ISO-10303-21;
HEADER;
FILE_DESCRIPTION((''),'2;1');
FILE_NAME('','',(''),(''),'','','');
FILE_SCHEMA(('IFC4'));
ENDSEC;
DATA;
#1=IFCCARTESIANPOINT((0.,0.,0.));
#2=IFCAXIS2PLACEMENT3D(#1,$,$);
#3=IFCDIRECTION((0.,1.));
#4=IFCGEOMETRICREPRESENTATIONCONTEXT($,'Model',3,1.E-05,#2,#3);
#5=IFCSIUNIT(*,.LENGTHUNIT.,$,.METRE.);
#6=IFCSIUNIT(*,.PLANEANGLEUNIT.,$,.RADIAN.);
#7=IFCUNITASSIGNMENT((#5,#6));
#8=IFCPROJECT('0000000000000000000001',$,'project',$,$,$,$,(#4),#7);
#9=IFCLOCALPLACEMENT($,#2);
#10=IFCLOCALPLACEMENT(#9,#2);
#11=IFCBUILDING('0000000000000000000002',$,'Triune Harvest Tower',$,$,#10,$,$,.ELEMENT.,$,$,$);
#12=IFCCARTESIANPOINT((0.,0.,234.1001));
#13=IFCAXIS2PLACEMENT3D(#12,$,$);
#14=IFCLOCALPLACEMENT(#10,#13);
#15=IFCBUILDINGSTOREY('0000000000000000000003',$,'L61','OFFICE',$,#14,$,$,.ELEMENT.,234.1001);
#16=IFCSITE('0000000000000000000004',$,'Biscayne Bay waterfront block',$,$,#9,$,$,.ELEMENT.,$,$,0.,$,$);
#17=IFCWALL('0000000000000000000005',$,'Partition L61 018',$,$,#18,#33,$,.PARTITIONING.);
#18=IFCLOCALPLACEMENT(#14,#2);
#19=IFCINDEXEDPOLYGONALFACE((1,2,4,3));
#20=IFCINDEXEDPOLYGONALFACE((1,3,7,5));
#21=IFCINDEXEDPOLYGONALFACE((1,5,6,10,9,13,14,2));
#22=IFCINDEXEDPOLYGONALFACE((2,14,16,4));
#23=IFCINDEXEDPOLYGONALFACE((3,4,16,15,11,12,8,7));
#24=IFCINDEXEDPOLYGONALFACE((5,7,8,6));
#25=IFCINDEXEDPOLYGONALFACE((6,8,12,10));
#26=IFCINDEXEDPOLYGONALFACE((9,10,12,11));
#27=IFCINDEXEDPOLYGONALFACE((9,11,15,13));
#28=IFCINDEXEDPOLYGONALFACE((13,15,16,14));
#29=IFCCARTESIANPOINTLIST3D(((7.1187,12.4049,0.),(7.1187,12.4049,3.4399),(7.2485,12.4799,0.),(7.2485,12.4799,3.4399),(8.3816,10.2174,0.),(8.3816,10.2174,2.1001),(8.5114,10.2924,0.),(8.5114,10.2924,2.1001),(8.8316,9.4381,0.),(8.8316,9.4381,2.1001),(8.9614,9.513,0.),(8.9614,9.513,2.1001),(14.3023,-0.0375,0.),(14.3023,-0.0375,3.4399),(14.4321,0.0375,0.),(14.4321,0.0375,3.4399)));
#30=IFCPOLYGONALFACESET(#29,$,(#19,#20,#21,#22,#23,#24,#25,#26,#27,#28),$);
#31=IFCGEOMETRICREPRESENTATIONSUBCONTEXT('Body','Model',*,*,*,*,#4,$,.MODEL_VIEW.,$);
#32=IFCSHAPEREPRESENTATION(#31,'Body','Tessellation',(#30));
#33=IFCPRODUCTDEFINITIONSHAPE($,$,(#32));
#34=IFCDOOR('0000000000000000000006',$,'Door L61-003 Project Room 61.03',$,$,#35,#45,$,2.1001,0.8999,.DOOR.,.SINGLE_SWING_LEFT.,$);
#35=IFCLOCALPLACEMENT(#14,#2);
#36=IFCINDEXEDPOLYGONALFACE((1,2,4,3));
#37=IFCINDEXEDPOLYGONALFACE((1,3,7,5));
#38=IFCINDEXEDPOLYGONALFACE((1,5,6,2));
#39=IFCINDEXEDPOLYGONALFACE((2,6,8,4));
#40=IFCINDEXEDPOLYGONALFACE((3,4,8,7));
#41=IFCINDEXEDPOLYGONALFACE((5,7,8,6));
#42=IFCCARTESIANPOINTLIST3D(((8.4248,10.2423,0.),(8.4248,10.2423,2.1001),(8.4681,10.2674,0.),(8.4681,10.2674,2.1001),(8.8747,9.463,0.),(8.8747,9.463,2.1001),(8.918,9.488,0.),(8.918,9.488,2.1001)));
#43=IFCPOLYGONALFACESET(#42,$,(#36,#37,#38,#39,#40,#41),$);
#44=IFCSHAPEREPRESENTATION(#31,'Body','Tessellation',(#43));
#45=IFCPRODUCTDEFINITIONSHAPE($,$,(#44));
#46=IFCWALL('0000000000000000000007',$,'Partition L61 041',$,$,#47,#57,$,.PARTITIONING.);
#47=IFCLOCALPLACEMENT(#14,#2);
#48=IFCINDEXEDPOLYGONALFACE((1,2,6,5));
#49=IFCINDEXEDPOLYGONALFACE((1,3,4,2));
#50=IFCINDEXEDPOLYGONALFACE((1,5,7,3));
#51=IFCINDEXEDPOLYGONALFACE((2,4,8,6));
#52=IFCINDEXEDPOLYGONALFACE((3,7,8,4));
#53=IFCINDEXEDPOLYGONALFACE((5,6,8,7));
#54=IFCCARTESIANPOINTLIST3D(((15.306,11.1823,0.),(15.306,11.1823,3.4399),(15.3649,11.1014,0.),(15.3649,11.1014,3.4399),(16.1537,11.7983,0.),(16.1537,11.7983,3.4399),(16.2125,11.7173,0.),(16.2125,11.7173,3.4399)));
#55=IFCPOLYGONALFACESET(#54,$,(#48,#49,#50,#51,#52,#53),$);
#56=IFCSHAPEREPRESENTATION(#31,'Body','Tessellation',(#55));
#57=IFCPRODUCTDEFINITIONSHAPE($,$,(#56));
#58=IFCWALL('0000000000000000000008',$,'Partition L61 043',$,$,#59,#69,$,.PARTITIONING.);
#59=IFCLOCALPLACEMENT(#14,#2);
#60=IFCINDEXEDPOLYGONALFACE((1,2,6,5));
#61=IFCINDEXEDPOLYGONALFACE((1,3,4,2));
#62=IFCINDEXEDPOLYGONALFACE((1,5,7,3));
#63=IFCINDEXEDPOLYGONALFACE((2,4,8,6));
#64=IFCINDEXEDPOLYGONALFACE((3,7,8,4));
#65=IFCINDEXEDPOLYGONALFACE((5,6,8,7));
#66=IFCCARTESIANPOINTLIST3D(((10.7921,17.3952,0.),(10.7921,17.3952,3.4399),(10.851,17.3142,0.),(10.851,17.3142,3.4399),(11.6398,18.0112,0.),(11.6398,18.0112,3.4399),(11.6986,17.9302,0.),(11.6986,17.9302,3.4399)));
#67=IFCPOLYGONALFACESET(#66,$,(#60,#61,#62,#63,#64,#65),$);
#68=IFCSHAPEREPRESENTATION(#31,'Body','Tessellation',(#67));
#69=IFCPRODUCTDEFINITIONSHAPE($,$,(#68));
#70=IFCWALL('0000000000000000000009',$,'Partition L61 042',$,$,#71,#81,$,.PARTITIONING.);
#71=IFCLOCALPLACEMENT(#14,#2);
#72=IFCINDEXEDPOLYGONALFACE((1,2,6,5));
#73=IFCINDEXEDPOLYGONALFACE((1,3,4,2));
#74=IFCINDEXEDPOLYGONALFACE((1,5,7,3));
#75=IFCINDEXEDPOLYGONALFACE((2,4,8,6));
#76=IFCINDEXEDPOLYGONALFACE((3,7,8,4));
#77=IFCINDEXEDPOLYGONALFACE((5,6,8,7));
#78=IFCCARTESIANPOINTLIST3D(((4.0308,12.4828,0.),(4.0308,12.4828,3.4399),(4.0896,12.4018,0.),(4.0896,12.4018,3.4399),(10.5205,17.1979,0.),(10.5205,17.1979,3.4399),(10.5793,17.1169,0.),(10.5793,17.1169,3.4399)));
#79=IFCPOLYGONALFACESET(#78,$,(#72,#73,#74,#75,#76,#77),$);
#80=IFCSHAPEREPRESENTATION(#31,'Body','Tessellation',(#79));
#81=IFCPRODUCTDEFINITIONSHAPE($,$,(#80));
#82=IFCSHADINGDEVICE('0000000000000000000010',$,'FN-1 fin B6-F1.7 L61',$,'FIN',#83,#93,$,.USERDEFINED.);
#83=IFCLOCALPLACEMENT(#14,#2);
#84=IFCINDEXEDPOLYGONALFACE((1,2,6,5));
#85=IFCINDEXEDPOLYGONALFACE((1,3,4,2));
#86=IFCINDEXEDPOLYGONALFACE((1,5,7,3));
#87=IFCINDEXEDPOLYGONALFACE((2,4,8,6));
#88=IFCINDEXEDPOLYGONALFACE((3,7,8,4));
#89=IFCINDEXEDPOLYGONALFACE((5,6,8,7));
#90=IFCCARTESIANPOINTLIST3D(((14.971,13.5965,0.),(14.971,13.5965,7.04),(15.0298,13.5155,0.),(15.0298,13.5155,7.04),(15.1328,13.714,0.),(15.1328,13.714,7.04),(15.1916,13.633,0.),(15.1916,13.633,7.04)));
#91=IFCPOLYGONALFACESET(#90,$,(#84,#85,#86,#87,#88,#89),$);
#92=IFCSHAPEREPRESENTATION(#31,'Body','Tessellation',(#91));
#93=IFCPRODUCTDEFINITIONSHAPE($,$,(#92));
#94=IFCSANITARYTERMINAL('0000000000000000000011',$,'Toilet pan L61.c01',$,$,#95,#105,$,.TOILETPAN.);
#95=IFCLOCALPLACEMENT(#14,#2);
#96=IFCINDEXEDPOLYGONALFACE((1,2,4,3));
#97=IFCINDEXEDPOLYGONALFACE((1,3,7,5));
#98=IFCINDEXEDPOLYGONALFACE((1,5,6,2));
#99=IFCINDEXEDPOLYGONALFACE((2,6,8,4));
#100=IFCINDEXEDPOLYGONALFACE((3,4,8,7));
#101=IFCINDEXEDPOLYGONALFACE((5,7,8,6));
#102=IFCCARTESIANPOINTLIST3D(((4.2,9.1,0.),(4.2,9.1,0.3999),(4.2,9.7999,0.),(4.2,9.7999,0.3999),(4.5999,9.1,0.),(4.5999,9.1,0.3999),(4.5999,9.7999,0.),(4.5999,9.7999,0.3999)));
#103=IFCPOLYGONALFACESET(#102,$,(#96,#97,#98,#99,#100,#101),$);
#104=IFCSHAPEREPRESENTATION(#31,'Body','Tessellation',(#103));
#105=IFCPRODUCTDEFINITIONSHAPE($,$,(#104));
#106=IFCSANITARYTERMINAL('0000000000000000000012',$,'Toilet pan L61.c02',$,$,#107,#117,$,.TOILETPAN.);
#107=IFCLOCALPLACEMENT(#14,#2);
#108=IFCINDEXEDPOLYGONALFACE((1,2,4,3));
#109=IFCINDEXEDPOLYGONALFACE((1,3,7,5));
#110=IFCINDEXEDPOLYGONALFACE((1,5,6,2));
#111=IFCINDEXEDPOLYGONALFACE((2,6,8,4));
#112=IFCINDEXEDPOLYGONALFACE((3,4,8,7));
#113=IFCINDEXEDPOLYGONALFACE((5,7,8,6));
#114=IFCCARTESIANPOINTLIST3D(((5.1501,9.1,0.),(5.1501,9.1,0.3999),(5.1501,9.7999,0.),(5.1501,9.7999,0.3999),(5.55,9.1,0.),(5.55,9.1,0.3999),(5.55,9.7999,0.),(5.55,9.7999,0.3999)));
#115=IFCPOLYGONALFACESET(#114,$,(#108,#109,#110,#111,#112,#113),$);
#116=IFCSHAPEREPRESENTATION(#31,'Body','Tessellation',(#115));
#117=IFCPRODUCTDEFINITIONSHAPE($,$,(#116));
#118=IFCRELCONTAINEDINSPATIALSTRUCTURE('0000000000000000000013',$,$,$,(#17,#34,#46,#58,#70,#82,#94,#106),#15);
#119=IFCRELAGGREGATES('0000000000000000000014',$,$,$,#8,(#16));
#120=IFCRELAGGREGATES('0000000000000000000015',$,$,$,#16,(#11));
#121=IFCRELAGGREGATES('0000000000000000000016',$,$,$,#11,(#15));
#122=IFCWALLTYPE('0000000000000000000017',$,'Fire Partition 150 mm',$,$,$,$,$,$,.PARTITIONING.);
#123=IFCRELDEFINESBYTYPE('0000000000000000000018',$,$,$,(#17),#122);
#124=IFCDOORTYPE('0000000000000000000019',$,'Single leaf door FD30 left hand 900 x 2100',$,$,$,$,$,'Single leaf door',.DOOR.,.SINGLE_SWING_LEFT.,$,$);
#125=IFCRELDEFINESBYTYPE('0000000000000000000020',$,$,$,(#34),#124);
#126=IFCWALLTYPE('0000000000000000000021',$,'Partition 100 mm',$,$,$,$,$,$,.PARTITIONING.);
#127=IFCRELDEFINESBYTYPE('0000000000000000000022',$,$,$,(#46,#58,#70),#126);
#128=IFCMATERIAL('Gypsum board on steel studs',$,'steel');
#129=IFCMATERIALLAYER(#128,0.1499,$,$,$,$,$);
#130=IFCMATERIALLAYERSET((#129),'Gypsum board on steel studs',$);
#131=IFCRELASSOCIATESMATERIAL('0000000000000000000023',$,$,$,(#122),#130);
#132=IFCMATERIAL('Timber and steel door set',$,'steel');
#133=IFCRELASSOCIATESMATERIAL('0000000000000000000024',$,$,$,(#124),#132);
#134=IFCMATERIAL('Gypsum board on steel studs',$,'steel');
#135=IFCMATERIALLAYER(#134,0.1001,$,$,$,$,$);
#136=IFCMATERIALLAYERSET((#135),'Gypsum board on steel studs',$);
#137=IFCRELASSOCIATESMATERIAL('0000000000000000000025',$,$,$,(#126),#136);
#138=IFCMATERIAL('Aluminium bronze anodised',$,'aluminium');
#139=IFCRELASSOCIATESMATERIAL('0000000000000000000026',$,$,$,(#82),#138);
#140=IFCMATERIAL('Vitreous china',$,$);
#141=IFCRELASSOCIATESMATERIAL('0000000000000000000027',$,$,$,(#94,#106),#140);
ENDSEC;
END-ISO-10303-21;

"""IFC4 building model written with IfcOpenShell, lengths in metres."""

from ifc_helpers import new_model, si_unit, direction, frame, frame_2d, origin, origin_2d, place, context, subcontext, project, spatial, rectangle, extrude, source, transform, mapped, material, layer, layer_set, type_object, element, fill, save


model = new_model("IFC4")

# Units and contexts
model_context = context("Model", 3, precision=1e-05, world=origin(), true_north=direction((0.0, 1.0)))
body_context = subcontext(model_context, "Body", "Model", "MODEL_VIEW")
ifc_project = project(units=[si_unit("LENGTHUNIT", "METRE"), si_unit("PLANEANGLEUNIT", "RADIAN")], contexts=[model_context])

# Site, building, storey
site_placement = place(None, origin())
site = spatial("IfcSite", under=ifc_project, at=site_placement, Name="Biscayne Bay waterfront block", CompositionType="ELEMENT", RefElevation=0.0)
building_placement = place(site_placement, origin())
building = spatial("IfcBuilding", under=site, at=building_placement, Name="Triune Harvest Tower", CompositionType="ELEMENT")
storey_placement = place(building_placement, frame((0.0, 0.0, 234.1001)))
storey = spatial("IfcBuildingStorey", under=building, at=storey_placement, Name="L61", Description="OFFICE", CompositionType="ELEMENT", Elevation=234.1001)

# Wall, opening, door
ifc_material_1 = material(Name="Gypsum board on steel studs", Category="steel")
ifc_layer_1 = layer(ifc_material_1, 0.1499)
ifc_layer_set_1 = layer_set([ifc_layer_1], Name="Gypsum board on steel studs")
wall_type_1 = type_object("IfcWallType", Name="Fire Partition 150 mm", PredefinedType="PARTITIONING", material=ifc_layer_set_1)
ifc_material_2 = material(Name="Timber and steel door set", Category="steel")
door_type_1 = type_object("IfcDoorType", Name="Single leaf door FD30 left hand 900 x 2100", ElementType="Single leaf door", OperationType="SINGLE_SWING_LEFT", PredefinedType="DOOR", material=ifc_material_2)
shared_shape_1 = source(origin(), body_context, "Body", "SweptSolid", [
    extrude(rectangle(XDim=14.3672, YDim=0.1499, at=frame_2d((7.1836, 0.0))), origin(), (0.0, 0.0, 1.0), 3.4399),
])
wall_1_placement = place(storey_placement, frame((7.1836, 12.4424, 0.0), z_axis=(0.0, 0.0, 1.0), x_axis=(0.499999, -0.866026, 0.0)))
wall_1 = element("IfcWall", 1, at=wall_1_placement, inside=storey, type_object=wall_type_1, Name="Partition L61 018", PredefinedType="PARTITIONING", context=body_context, shape_type="MappedRepresentation", body=[
    mapped(shared_shape_1, transform((0.0, 0.0, 0.0), scale=1.0)),
])
opening_1_placement = place(wall_1_placement, frame((2.5259, 0.0, 0.0)))
opening_1 = element("IfcOpeningElement", 2, at=opening_1_placement, cuts=wall_1, PredefinedType="OPENING", context=body_context, shape_type="SweptSolid", body=[
    extrude(rectangle(XDim=0.8999, YDim=2.1001, at=frame_2d((0.45, 1.05))), frame((0.0, 0.085, 0.0), z_axis=(0.0, -1.0, 0.0), x_axis=(1.0, 0.0, 0.0)), (0.0, 0.0, 1.0), 0.1699),
])
door_1_placement = place(opening_1_placement, origin())
door_1 = element("IfcDoor", 3, at=door_1_placement, inside=storey, type_object=door_type_1, Name="Door L61-003 Project Room 61.03", OperationType="SINGLE_SWING_LEFT", OverallHeight=2.1001, OverallWidth=0.8999, PredefinedType="DOOR", context=body_context, shape_type="SweptSolid", body=[
    extrude(rectangle(XDim=0.8999, YDim=2.1001, at=frame_2d((0.45, 1.05))), frame((0.0, 0.0249, 0.0), z_axis=(0.0, -1.0, 0.0), x_axis=(1.0, 0.0, 0.0)), (0.0, 0.0, 1.0), 0.05),
])
fill(opening_1, door_1)

# Walls
ifc_material_3 = material(Name="Gypsum board on steel studs", Category="steel")
ifc_layer_2 = layer(ifc_material_3, 0.1001)
ifc_layer_set_2 = layer_set([ifc_layer_2], Name="Gypsum board on steel studs")
wall_type_2 = type_object("IfcWallType", Name="Partition 100 mm", PredefinedType="PARTITIONING", material=ifc_layer_set_2)
shared_shape_2 = source(origin(), body_context, "Body", "SweptSolid", [
    extrude(rectangle(XDim=1.0479, YDim=0.1001, at=frame_2d((0.5239, 0.0))), origin(), (0.0, 0.0, 1.0), 3.4399),
])
for number, where, z_axis, x_axis, name in (
    (4, (15.3354, 11.1418, 0.0), (0.0, 0.0, 1.0), (0.808968, 0.587853, 0.0), "Partition L61 041"),
    (5, (10.8215, 17.3547, 0.0), (0.0, 0.0, 1.0), (0.808968, 0.587853, 0.0), "Partition L61 043"),
):
    element("IfcWall", number, at=place(storey_placement, frame(where, z_axis=z_axis, x_axis=x_axis)), inside=storey, type_object=wall_type_2, Name=name, PredefinedType="PARTITIONING", context=body_context, shape_type="MappedRepresentation", body=[
        mapped(shared_shape_2, transform((0.0, 0.0, 0.0), scale=1.0)),
    ])
shared_shape_3 = source(origin(), body_context, "Body", "SweptSolid", [
    extrude(rectangle(XDim=8.0217, YDim=0.1001, at=frame_2d((4.0107, 0.0))), origin(), (0.0, 0.0, 1.0), 3.4399),
])
wall_2_placement = place(storey_placement, frame((4.0603, 12.4424, 0.0), z_axis=(0.0, 0.0, 1.0), x_axis=(0.809016, 0.587786, 0.0)))
element("IfcWall", 6, at=wall_2_placement, inside=storey, type_object=wall_type_2, Name="Partition L61 042", PredefinedType="PARTITIONING", context=body_context, shape_type="MappedRepresentation", body=[
    mapped(shared_shape_3, transform((0.0, 0.0, 0.0), scale=1.0)),
])

# Shading device
ifc_material_4 = material(Name="Aluminium bronze anodised", Category="aluminium")
shared_shape_4 = source(origin(), body_context, "Body", "SweptSolid", [
    extrude(rectangle(XDim=0.1001, YDim=0.2, at=origin_2d()), origin(), (0.0, 0.0, 1.0), 7.04),
])
shading_device_placement = place(storey_placement, frame((15.0813, 13.6147, 0.0), z_axis=(0.0, 0.0, 1.0), x_axis=(-0.587786, 0.809017, 0.0)))
element("IfcShadingDevice", 7, at=shading_device_placement, inside=storey, material=ifc_material_4, Name="FN-1 fin B6-F1.7 L61", ObjectType="FIN", PredefinedType="USERDEFINED", context=body_context, shape_type="MappedRepresentation", body=[
    mapped(shared_shape_4, transform((0.0, 0.0, 0.0), scale=1.0)),
])

# Sanitary terminals
ifc_material_5 = material(Name="Vitreous china")
shared_shape_5 = source(origin(), body_context, "Body", "SweptSolid", [
    extrude(rectangle(XDim=0.3999, YDim=0.7, at=origin_2d()), origin(), (0.0, 0.0, 1.0), 0.3999),
])
for number, where, z_axis, x_axis, name in (
    (8, (4.3999, 9.45, 0.0), (0.0, 0.0, 1.0), (1.0, 0.0, 0.0), "Toilet pan L61.c01"),
    (9, (5.3501, 9.45, 0.0), (0.0, 0.0, 1.0), (1.0, 0.0, 0.0), "Toilet pan L61.c02"),
):
    element("IfcSanitaryTerminal", number, at=place(storey_placement, frame(where, z_axis=z_axis, x_axis=x_axis)), inside=storey, material=ifc_material_5, Name=name, PredefinedType="TOILETPAN", context=body_context, shape_type="MappedRepresentation", body=[
        mapped(shared_shape_5, transform((0.0, 0.0, 0.0), scale=1.0)),
    ])

save(model, "model.ifc")
